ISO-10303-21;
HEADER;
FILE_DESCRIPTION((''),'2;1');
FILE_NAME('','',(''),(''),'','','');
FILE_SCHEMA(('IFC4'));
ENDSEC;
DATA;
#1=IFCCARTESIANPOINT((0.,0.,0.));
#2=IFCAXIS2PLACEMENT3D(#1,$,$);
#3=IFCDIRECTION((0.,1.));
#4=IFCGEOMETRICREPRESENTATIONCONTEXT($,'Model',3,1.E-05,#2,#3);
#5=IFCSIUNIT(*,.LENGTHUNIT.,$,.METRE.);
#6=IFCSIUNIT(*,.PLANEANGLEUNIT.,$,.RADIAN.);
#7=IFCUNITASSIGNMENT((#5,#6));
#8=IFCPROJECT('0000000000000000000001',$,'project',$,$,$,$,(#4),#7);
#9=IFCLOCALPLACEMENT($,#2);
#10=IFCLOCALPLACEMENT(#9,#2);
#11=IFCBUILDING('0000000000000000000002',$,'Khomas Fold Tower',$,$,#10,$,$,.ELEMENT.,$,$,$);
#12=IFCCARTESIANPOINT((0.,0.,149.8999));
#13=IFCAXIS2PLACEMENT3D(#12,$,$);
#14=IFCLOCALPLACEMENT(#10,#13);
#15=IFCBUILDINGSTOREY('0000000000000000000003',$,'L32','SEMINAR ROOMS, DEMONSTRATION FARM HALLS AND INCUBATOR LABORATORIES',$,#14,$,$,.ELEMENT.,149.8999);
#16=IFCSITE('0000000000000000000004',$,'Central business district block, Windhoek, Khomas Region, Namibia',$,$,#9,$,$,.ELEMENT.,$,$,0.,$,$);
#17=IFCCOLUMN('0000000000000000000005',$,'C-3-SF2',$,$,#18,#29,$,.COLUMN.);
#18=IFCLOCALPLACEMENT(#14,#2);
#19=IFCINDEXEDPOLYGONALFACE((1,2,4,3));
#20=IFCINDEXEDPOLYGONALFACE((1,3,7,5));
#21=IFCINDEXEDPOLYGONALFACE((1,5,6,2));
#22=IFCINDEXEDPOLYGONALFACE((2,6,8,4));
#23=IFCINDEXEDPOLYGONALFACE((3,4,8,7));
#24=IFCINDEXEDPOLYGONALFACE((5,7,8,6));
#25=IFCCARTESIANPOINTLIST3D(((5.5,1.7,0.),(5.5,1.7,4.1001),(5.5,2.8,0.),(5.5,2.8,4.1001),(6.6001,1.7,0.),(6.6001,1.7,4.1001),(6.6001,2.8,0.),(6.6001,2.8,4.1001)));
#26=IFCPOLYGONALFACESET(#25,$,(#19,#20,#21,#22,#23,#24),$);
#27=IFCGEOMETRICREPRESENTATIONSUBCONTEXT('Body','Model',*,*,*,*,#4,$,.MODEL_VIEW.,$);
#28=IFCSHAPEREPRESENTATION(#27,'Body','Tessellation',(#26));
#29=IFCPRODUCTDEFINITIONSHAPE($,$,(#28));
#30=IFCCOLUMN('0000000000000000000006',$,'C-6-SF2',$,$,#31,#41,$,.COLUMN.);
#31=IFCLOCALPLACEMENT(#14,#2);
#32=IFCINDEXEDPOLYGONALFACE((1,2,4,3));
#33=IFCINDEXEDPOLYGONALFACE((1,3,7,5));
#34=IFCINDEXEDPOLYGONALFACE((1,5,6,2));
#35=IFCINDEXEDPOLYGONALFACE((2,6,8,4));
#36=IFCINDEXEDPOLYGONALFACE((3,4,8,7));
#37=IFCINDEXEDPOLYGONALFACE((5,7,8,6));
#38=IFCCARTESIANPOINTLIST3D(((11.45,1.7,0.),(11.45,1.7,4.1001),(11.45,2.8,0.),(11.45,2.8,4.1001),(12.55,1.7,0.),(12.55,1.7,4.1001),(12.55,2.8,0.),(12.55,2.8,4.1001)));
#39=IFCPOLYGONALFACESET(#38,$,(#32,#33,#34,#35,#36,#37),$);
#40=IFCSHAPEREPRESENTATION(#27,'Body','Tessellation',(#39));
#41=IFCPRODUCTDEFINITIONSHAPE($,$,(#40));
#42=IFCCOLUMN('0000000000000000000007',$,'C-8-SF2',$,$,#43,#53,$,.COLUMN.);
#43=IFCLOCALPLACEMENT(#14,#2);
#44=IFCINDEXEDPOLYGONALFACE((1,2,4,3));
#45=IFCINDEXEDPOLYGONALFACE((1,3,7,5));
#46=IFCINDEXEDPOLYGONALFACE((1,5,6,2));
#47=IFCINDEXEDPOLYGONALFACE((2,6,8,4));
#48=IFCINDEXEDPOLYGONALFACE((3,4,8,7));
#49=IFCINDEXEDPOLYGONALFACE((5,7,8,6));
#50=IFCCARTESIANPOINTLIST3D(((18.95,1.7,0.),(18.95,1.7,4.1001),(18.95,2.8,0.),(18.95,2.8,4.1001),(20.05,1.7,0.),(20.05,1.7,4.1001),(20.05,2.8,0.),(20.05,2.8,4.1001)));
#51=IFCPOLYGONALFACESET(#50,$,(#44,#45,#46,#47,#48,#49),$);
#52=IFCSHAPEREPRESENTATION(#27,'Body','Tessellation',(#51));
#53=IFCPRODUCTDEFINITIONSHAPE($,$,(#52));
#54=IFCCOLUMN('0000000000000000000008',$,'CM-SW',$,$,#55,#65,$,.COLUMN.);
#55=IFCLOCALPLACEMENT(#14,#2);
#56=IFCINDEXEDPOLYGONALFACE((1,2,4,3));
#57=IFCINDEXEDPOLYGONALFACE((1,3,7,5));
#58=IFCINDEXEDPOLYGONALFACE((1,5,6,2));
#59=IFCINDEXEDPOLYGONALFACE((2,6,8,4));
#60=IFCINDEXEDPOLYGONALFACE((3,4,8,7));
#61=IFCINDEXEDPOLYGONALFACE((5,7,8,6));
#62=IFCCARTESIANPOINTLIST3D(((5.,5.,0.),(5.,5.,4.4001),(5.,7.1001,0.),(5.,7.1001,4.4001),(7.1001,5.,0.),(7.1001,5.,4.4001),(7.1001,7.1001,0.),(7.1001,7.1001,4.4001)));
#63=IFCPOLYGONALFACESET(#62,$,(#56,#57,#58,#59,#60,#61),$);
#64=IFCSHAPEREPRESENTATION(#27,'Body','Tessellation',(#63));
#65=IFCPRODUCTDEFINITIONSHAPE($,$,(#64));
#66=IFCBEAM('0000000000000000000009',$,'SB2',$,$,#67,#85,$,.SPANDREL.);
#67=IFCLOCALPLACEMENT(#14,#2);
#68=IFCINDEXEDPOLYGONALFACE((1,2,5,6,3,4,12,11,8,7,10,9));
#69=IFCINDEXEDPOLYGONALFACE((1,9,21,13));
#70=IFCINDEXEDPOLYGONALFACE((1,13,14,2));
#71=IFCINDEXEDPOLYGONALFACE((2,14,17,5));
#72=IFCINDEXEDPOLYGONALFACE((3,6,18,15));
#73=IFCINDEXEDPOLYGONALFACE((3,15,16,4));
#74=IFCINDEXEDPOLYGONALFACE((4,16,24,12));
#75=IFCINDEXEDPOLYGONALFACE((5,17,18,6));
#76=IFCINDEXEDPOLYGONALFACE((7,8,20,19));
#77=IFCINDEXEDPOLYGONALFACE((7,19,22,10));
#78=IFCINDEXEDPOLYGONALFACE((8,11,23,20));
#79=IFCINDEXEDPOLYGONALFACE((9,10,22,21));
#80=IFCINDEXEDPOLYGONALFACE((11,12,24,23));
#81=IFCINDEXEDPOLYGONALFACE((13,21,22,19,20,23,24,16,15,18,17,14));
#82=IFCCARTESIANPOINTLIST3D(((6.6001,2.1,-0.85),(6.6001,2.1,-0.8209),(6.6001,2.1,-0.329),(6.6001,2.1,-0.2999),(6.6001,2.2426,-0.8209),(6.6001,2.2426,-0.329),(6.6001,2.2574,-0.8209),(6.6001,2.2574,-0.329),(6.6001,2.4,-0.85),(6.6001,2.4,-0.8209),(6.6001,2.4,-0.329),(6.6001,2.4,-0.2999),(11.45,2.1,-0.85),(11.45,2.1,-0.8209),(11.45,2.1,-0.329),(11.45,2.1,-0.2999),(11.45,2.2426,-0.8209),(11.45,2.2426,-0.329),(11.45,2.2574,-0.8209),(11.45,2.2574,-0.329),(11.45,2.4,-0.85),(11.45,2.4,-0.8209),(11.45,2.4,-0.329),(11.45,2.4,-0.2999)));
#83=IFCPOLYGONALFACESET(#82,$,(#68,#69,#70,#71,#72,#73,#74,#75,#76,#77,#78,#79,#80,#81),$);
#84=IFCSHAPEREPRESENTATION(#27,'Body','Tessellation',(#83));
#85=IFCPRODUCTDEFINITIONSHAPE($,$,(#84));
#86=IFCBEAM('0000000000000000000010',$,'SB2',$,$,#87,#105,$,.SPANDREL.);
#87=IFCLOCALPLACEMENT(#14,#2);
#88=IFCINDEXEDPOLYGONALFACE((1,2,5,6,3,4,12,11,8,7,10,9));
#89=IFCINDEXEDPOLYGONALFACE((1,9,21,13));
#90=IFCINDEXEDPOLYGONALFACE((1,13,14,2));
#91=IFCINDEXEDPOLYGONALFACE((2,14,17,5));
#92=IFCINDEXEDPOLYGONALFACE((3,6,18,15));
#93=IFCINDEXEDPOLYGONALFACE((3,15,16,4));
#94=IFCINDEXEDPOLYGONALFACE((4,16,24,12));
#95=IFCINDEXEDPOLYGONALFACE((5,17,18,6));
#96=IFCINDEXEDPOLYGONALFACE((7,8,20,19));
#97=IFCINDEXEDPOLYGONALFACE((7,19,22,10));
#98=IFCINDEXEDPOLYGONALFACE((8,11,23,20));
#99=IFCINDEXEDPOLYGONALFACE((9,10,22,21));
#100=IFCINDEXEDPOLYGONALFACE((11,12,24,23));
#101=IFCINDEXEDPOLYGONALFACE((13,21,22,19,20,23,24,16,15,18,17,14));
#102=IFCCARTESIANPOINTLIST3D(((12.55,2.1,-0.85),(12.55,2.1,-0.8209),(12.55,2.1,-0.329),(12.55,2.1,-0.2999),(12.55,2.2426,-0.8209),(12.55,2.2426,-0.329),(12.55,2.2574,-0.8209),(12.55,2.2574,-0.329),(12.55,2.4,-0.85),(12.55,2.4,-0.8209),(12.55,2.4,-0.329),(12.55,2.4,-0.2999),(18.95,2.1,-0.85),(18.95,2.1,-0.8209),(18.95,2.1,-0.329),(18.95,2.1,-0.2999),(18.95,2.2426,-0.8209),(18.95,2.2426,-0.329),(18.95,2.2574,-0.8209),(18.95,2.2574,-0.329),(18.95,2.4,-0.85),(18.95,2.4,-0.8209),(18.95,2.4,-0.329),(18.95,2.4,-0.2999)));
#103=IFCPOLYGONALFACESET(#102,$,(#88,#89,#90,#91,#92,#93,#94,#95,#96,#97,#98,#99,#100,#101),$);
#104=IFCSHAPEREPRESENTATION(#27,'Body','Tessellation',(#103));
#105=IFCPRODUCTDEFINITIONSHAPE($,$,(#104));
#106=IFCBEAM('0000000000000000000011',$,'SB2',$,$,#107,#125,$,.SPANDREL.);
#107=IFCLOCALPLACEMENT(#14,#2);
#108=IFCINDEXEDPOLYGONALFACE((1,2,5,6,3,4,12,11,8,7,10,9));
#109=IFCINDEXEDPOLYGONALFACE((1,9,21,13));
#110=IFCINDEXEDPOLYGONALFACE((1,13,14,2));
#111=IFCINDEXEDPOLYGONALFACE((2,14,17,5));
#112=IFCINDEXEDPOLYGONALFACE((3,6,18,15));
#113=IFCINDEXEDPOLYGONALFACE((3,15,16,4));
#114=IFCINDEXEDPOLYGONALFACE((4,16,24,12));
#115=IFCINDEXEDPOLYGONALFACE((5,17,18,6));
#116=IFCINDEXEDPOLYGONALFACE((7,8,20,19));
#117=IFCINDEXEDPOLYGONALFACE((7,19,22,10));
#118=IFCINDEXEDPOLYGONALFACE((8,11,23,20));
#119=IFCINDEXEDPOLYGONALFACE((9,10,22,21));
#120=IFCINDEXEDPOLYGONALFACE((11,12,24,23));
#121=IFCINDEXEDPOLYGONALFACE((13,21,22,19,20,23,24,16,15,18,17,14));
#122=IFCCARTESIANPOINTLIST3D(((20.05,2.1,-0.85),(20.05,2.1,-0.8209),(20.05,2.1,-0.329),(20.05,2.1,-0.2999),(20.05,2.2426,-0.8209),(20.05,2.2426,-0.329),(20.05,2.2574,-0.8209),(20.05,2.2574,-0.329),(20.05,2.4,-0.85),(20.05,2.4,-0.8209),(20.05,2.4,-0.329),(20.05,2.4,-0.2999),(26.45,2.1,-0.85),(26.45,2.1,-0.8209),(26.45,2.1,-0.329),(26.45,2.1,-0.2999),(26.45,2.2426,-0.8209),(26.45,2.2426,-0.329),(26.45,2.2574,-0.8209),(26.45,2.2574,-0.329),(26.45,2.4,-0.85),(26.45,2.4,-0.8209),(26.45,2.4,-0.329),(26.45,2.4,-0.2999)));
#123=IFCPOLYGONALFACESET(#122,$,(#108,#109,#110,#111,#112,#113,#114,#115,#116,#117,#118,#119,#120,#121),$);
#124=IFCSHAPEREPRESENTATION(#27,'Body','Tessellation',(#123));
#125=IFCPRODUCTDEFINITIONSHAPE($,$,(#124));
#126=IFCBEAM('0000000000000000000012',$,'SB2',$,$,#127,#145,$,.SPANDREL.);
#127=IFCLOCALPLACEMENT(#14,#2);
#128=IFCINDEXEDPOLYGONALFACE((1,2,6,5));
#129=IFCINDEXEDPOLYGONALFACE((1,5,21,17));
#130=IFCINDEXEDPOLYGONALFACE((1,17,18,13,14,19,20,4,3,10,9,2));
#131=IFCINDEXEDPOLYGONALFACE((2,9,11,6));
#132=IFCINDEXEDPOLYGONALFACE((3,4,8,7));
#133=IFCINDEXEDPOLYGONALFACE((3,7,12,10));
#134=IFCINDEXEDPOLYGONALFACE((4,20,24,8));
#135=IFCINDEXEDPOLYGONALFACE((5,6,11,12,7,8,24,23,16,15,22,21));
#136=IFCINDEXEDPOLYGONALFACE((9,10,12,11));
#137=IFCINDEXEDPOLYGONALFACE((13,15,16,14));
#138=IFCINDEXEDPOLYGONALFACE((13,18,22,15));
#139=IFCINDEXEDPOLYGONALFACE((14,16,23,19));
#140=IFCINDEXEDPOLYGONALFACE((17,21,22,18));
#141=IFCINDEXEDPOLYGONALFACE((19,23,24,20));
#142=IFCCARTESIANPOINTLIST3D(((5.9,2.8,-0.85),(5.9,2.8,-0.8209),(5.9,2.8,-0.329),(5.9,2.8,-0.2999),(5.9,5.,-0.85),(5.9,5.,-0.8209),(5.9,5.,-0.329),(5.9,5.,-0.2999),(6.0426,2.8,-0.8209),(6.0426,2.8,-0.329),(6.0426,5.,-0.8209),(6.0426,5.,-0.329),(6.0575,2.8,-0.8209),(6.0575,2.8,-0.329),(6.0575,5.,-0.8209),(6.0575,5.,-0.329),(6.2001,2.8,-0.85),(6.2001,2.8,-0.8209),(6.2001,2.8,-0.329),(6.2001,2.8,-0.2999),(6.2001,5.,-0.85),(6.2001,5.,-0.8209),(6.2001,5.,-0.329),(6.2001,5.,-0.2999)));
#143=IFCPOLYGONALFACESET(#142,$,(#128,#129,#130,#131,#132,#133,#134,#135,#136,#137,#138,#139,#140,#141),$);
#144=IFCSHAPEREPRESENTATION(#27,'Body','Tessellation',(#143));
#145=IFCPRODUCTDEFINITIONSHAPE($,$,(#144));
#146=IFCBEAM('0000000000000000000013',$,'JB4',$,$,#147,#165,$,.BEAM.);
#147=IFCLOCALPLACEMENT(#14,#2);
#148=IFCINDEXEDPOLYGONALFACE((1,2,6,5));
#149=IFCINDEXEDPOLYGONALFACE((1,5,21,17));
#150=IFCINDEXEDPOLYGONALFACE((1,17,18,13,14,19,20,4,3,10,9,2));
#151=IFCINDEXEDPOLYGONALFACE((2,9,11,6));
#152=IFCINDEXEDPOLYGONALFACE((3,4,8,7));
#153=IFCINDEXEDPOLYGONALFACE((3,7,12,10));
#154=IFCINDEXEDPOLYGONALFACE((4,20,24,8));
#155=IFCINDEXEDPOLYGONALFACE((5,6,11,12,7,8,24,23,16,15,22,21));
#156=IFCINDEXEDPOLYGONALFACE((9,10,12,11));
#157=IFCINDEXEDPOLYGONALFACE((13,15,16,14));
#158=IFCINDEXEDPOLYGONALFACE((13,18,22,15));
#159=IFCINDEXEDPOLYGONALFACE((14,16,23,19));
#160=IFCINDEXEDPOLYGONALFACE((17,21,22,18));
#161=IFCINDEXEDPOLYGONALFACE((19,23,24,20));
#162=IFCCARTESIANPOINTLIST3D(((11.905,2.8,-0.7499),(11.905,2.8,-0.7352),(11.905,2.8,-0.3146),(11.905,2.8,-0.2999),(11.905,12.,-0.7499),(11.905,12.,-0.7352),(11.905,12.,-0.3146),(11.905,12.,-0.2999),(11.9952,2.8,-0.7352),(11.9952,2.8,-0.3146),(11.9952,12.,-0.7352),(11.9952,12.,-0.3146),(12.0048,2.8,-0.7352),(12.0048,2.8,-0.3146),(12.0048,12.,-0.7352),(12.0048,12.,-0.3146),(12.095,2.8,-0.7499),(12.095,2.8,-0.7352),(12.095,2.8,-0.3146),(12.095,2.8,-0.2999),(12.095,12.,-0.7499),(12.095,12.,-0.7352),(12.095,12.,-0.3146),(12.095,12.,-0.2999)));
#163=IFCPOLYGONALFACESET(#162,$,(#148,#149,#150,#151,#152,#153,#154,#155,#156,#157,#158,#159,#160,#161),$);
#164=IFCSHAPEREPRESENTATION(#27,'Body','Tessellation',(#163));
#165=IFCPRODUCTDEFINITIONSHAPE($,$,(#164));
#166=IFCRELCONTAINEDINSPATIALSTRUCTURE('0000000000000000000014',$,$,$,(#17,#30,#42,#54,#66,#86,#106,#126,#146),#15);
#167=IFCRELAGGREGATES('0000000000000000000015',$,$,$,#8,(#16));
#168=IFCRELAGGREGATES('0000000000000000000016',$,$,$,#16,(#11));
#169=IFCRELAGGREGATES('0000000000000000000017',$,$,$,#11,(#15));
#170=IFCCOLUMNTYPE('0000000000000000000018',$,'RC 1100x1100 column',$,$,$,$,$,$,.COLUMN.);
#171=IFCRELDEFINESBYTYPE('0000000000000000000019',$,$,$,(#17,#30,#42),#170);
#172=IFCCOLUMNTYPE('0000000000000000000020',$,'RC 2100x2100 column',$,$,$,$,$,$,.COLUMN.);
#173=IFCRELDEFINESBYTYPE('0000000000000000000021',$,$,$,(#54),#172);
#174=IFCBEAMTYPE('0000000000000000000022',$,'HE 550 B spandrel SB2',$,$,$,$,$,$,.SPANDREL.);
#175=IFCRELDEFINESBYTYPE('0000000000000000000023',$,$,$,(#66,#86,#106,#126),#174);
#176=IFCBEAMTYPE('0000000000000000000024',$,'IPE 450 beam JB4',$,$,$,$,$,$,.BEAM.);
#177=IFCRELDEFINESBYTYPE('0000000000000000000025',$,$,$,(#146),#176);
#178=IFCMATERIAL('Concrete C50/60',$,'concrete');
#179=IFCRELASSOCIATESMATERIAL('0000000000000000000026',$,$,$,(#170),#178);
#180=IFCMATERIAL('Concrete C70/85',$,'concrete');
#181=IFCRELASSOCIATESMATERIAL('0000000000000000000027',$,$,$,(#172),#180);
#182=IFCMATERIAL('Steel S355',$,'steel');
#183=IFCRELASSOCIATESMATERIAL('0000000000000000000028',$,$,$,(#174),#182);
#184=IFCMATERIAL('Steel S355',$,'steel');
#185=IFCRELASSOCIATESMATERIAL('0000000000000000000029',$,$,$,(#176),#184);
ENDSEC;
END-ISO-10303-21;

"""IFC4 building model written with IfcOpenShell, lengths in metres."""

from ifc_helpers import new_model, si_unit, direction, frame, origin, origin_2d, place, context, subcontext, project, spatial, rectangle, i_section, extrude, source, transform, mapped, material, material_profile, profile_set, type_object, element, save


model = new_model("IFC4")

# Units and contexts
model_context = context("Model", 3, precision=1e-05, world=origin(), true_north=direction((0.0, 1.0)))
body_context = subcontext(model_context, "Body", "Model", "MODEL_VIEW")
ifc_project = project(units=[si_unit("LENGTHUNIT", "METRE"), si_unit("PLANEANGLEUNIT", "RADIAN")], contexts=[model_context])

# Site, building, storey
site_placement = place(None, origin())
site = spatial("IfcSite", under=ifc_project, at=site_placement, Name="Central business district block, Windhoek, Khomas Region, Namibia", CompositionType="ELEMENT", RefElevation=0.0)
building_placement = place(site_placement, origin())
building = spatial("IfcBuilding", under=site, at=building_placement, Name="Khomas Fold Tower", CompositionType="ELEMENT")
storey_placement = place(building_placement, frame((0.0, 0.0, 149.8999)))
storey = spatial("IfcBuildingStorey", under=building, at=storey_placement, Name="L32", Description="SEMINAR ROOMS, DEMONSTRATION FARM HALLS AND INCUBATOR LABORATORIES", CompositionType="ELEMENT", Elevation=149.8999)

# Columns
ifc_material_1 = material(Name="Concrete C50/60", Category="concrete")
ifc_material_profile_1 = material_profile(ifc_material_1, rectangle(XDim=1.1001, YDim=1.1001, at=origin_2d()), Name="RC 1100x1100")
ifc_profile_set_1 = profile_set([ifc_material_profile_1], Name="Concrete C50/60")
column_type_1 = type_object("IfcColumnType", Name="RC 1100x1100 column", PredefinedType="COLUMN", material=ifc_profile_set_1)
shared_shape_1 = source(origin(), body_context, "Body", "SweptSolid", [
    extrude(rectangle(XDim=1.1001, YDim=1.1001, at=origin_2d()), origin(), (0.0, 0.0, 1.0), 4.1001),
])
for number, where, z_axis, x_axis, name in (
    (1, (6.05, 2.25, 0.0), (0.0, 0.0, 1.0), (1.0, 0.0, 0.0), "C-3-SF2"),
    (2, (12.0, 2.25, 0.0), (0.0, 0.0, 1.0), (1.0, 0.0, 0.0), "C-6-SF2"),
    (3, (19.5, 2.25, 0.0), (0.0, 0.0, 1.0), (1.0, 0.0, 0.0), "C-8-SF2"),
):
    element("IfcColumn", number, at=place(storey_placement, frame(where, z_axis=z_axis, x_axis=x_axis)), inside=storey, type_object=column_type_1, Name=name, PredefinedType="COLUMN", context=body_context, shape_type="MappedRepresentation", body=[
        mapped(shared_shape_1, transform((0.0, 0.0, 0.0))),
    ])
ifc_material_2 = material(Name="Concrete C70/85", Category="concrete")
ifc_material_profile_2 = material_profile(ifc_material_2, rectangle(XDim=2.1001, YDim=2.1001, at=origin_2d()), Name="RC 2100x2100")
ifc_profile_set_2 = profile_set([ifc_material_profile_2], Name="Concrete C70/85")
column_type_2 = type_object("IfcColumnType", Name="RC 2100x2100 column", PredefinedType="COLUMN", material=ifc_profile_set_2)
shared_shape_2 = source(origin(), body_context, "Body", "SweptSolid", [
    extrude(rectangle(XDim=2.1001, YDim=2.1001, at=origin_2d()), origin(), (0.0, 0.0, 1.0), 4.4001),
])
column_placement = place(storey_placement, frame((6.05, 6.05, 0.0), z_axis=(0.0, 0.0, 1.0), x_axis=(1.0, 0.0, 0.0)))
element("IfcColumn", 4, at=column_placement, inside=storey, type_object=column_type_2, Name="CM-SW", PredefinedType="COLUMN", context=body_context, shape_type="MappedRepresentation", body=[
    mapped(shared_shape_2, transform((0.0, 0.0, 0.0))),
])

# Beams
ifc_material_3 = material(Name="Steel S355", Category="steel")
ifc_material_profile_3 = material_profile(ifc_material_3, i_section(OverallWidth=0.3, OverallDepth=0.55, WebThickness=0.0149, FlangeThickness=0.0291, at=origin_2d()), Name="HE 550 B")
ifc_profile_set_3 = profile_set([ifc_material_profile_3], Name="Steel S355")
beam_type_1 = type_object("IfcBeamType", Name="HE 550 B spandrel SB2", PredefinedType="SPANDREL", material=ifc_profile_set_3)
shared_shape_3 = source(origin(), body_context, "Body", "SweptSolid", [
    extrude(i_section(OverallWidth=0.3, OverallDepth=0.55, WebThickness=0.0149, FlangeThickness=0.0291, at=origin_2d()), origin(), (0.0, 0.0, 1.0), 4.8499),
])
beam_1_placement = place(storey_placement, frame((6.6001, 2.25, -0.575), z_axis=(1.0, 0.0, 0.0), x_axis=(0.0, 1.0, 0.0)))
element("IfcBeam", 5, at=beam_1_placement, inside=storey, type_object=beam_type_1, Name="SB2", PredefinedType="SPANDREL", context=body_context, shape_type="MappedRepresentation", body=[
    mapped(shared_shape_3, transform((0.0, 0.0, 0.0))),
])
shared_shape_4 = source(origin(), body_context, "Body", "SweptSolid", [
    extrude(i_section(OverallWidth=0.3, OverallDepth=0.55, WebThickness=0.0149, FlangeThickness=0.0291, at=origin_2d()), origin(), (0.0, 0.0, 1.0), 6.3999),
])
for number, where, z_axis, x_axis, name in (
    (6, (12.55, 2.25, -0.575), (1.0, 0.0, 0.0), (0.0, 1.0, 0.0), "SB2"),
    (7, (20.05, 2.25, -0.575), (1.0, 0.0, 0.0), (0.0, 1.0, 0.0), "SB2"),
):
    element("IfcBeam", number, at=place(storey_placement, frame(where, z_axis=z_axis, x_axis=x_axis)), inside=storey, type_object=beam_type_1, Name=name, PredefinedType="SPANDREL", context=body_context, shape_type="MappedRepresentation", body=[
        mapped(shared_shape_4, transform((0.0, 0.0, 0.0))),
    ])
shared_shape_5 = source(origin(), body_context, "Body", "SweptSolid", [
    extrude(i_section(OverallWidth=0.3, OverallDepth=0.55, WebThickness=0.0149, FlangeThickness=0.0291, at=origin_2d()), origin(), (0.0, 0.0, 1.0), 2.2),
])
beam_2_placement = place(storey_placement, frame((6.05, 2.8, -0.575), z_axis=(0.0, 1.0, 0.0), x_axis=(-1.0, 0.0, 0.0)))
element("IfcBeam", 8, at=beam_2_placement, inside=storey, type_object=beam_type_1, Name="SB2", PredefinedType="SPANDREL", context=body_context, shape_type="MappedRepresentation", body=[
    mapped(shared_shape_5, transform((0.0, 0.0, 0.0))),
])
ifc_material_4 = material(Name="Steel S355", Category="steel")
ifc_material_profile_4 = material_profile(ifc_material_4, i_section(OverallWidth=0.1899, OverallDepth=0.45, WebThickness=0.0095, FlangeThickness=0.0146, at=origin_2d()), Name="IPE 450")
ifc_profile_set_4 = profile_set([ifc_material_profile_4], Name="Steel S355")
beam_type_2 = type_object("IfcBeamType", Name="IPE 450 beam JB4", PredefinedType="BEAM", material=ifc_profile_set_4)
shared_shape_6 = source(origin(), body_context, "Body", "SweptSolid", [
    extrude(i_section(OverallWidth=0.1899, OverallDepth=0.45, WebThickness=0.0095, FlangeThickness=0.0146, at=origin_2d()), origin(), (0.0, 0.0, 1.0), 9.2),
])
beam_3_placement = place(storey_placement, frame((12.0, 2.8, -0.5249), z_axis=(0.0, 1.0, 0.0), x_axis=(-1.0, 0.0, 0.0)))
element("IfcBeam", 9, at=beam_3_placement, inside=storey, type_object=beam_type_2, Name="JB4", PredefinedType="BEAM", context=body_context, shape_type="MappedRepresentation", body=[
    mapped(shared_shape_6, transform((0.0, 0.0, 0.0))),
])

save(model, "model.ifc")
